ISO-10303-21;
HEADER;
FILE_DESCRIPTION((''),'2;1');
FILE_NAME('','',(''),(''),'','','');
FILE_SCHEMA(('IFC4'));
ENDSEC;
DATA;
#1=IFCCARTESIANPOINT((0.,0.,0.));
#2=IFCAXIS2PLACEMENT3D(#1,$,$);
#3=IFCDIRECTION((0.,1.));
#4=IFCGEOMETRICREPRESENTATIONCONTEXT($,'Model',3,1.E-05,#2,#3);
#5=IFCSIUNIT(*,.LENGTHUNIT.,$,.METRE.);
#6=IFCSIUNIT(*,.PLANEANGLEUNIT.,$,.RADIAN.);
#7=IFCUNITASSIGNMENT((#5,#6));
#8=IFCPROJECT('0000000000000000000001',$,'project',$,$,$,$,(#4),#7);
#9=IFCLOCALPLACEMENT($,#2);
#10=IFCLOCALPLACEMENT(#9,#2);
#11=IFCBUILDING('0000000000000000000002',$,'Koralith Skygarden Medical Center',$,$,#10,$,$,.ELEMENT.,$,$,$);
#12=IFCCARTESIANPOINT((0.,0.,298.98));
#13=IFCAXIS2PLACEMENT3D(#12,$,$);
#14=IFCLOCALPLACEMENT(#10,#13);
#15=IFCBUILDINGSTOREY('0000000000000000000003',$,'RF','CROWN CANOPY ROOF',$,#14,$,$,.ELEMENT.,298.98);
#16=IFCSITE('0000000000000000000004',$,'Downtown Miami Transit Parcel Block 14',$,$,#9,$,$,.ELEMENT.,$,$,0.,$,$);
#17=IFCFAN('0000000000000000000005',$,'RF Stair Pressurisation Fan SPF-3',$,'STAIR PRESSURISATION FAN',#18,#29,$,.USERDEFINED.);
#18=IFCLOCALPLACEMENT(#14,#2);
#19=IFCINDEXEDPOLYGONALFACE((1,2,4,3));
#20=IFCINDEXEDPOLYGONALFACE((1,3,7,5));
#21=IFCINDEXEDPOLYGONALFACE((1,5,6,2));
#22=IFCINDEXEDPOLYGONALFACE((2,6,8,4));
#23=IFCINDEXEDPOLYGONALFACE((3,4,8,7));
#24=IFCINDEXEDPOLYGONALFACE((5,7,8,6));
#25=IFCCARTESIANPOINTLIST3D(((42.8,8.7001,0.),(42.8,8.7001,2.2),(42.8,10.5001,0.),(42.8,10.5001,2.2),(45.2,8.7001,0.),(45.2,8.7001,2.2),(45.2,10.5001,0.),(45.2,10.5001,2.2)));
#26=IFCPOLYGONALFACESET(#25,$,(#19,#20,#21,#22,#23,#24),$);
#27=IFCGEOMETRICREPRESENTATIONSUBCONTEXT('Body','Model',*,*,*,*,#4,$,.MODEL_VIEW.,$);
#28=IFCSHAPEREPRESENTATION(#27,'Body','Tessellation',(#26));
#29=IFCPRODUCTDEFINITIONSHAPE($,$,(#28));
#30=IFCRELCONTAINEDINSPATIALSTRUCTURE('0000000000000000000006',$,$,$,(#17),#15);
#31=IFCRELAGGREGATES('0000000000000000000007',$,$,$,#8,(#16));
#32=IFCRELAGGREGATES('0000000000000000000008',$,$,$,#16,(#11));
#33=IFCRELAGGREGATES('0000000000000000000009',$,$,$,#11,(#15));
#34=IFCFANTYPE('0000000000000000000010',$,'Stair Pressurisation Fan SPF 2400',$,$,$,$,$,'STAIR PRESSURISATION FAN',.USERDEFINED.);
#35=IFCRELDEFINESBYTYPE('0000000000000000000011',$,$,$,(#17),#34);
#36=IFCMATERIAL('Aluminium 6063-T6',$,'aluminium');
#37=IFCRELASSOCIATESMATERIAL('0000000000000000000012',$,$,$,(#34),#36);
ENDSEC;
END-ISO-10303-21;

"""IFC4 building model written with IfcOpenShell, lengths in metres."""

from ifc_helpers import new_model, si_unit, direction, frame, origin, origin_2d, place, context, subcontext, project, spatial, rectangle, extrude, material, type_object, element, save


model = new_model("IFC4")

# Units and contexts
model_context = context("Model", 3, precision=1e-05, world=origin(), true_north=direction((0.0, 1.0)))
body_context = subcontext(model_context, "Body", "Model", "MODEL_VIEW")
ifc_project = project(units=[si_unit("LENGTHUNIT", "METRE"), si_unit("PLANEANGLEUNIT", "RADIAN")], contexts=[model_context])

# Site, building, storey
site_placement = place(None, origin())
site = spatial("IfcSite", under=ifc_project, at=site_placement, Name="Downtown Miami Transit Parcel Block 14", CompositionType="ELEMENT", RefElevation=0.0)
building_placement = place(site_placement, origin())
building = spatial("IfcBuilding", under=site, at=building_placement, Name="Koralith Skygarden Medical Center", CompositionType="ELEMENT")
storey_placement = place(building_placement, frame((0.0, 0.0, 298.98)))
storey = spatial("IfcBuildingStorey", under=building, at=storey_placement, Name="RF", Description="CROWN CANOPY ROOF", CompositionType="ELEMENT", Elevation=298.98)

# Shared definitions
ifc_material_1 = material(Name="Aluminium 6063-T6", Category="aluminium")

# Fan
fan_type_1 = type_object("IfcFanType", Name="Stair Pressurisation Fan SPF 2400", ElementType="STAIR PRESSURISATION FAN", PredefinedType="USERDEFINED", material=ifc_material_1)
for number, where, z_axis, x_axis, name in (
    (1, (44.0, 9.6001, 0.0), (0.0, 0.0, 1.0), (1.0, 0.0, 0.0), "RF Stair Pressurisation Fan SPF-3"),
):
    element("IfcFan", number, at=place(storey_placement, frame(where, z_axis=z_axis, x_axis=x_axis)), inside=storey, type_object=fan_type_1, Name=name, ObjectType="STAIR PRESSURISATION FAN", PredefinedType="USERDEFINED", context=body_context, shape_type="SweptSolid", body=[
        extrude(rectangle(XDim=2.3999, YDim=1.8, at=origin_2d()), origin(), (0.0, 0.0, 1.0), 2.2),
    ])

save(model, "model.ifc")
